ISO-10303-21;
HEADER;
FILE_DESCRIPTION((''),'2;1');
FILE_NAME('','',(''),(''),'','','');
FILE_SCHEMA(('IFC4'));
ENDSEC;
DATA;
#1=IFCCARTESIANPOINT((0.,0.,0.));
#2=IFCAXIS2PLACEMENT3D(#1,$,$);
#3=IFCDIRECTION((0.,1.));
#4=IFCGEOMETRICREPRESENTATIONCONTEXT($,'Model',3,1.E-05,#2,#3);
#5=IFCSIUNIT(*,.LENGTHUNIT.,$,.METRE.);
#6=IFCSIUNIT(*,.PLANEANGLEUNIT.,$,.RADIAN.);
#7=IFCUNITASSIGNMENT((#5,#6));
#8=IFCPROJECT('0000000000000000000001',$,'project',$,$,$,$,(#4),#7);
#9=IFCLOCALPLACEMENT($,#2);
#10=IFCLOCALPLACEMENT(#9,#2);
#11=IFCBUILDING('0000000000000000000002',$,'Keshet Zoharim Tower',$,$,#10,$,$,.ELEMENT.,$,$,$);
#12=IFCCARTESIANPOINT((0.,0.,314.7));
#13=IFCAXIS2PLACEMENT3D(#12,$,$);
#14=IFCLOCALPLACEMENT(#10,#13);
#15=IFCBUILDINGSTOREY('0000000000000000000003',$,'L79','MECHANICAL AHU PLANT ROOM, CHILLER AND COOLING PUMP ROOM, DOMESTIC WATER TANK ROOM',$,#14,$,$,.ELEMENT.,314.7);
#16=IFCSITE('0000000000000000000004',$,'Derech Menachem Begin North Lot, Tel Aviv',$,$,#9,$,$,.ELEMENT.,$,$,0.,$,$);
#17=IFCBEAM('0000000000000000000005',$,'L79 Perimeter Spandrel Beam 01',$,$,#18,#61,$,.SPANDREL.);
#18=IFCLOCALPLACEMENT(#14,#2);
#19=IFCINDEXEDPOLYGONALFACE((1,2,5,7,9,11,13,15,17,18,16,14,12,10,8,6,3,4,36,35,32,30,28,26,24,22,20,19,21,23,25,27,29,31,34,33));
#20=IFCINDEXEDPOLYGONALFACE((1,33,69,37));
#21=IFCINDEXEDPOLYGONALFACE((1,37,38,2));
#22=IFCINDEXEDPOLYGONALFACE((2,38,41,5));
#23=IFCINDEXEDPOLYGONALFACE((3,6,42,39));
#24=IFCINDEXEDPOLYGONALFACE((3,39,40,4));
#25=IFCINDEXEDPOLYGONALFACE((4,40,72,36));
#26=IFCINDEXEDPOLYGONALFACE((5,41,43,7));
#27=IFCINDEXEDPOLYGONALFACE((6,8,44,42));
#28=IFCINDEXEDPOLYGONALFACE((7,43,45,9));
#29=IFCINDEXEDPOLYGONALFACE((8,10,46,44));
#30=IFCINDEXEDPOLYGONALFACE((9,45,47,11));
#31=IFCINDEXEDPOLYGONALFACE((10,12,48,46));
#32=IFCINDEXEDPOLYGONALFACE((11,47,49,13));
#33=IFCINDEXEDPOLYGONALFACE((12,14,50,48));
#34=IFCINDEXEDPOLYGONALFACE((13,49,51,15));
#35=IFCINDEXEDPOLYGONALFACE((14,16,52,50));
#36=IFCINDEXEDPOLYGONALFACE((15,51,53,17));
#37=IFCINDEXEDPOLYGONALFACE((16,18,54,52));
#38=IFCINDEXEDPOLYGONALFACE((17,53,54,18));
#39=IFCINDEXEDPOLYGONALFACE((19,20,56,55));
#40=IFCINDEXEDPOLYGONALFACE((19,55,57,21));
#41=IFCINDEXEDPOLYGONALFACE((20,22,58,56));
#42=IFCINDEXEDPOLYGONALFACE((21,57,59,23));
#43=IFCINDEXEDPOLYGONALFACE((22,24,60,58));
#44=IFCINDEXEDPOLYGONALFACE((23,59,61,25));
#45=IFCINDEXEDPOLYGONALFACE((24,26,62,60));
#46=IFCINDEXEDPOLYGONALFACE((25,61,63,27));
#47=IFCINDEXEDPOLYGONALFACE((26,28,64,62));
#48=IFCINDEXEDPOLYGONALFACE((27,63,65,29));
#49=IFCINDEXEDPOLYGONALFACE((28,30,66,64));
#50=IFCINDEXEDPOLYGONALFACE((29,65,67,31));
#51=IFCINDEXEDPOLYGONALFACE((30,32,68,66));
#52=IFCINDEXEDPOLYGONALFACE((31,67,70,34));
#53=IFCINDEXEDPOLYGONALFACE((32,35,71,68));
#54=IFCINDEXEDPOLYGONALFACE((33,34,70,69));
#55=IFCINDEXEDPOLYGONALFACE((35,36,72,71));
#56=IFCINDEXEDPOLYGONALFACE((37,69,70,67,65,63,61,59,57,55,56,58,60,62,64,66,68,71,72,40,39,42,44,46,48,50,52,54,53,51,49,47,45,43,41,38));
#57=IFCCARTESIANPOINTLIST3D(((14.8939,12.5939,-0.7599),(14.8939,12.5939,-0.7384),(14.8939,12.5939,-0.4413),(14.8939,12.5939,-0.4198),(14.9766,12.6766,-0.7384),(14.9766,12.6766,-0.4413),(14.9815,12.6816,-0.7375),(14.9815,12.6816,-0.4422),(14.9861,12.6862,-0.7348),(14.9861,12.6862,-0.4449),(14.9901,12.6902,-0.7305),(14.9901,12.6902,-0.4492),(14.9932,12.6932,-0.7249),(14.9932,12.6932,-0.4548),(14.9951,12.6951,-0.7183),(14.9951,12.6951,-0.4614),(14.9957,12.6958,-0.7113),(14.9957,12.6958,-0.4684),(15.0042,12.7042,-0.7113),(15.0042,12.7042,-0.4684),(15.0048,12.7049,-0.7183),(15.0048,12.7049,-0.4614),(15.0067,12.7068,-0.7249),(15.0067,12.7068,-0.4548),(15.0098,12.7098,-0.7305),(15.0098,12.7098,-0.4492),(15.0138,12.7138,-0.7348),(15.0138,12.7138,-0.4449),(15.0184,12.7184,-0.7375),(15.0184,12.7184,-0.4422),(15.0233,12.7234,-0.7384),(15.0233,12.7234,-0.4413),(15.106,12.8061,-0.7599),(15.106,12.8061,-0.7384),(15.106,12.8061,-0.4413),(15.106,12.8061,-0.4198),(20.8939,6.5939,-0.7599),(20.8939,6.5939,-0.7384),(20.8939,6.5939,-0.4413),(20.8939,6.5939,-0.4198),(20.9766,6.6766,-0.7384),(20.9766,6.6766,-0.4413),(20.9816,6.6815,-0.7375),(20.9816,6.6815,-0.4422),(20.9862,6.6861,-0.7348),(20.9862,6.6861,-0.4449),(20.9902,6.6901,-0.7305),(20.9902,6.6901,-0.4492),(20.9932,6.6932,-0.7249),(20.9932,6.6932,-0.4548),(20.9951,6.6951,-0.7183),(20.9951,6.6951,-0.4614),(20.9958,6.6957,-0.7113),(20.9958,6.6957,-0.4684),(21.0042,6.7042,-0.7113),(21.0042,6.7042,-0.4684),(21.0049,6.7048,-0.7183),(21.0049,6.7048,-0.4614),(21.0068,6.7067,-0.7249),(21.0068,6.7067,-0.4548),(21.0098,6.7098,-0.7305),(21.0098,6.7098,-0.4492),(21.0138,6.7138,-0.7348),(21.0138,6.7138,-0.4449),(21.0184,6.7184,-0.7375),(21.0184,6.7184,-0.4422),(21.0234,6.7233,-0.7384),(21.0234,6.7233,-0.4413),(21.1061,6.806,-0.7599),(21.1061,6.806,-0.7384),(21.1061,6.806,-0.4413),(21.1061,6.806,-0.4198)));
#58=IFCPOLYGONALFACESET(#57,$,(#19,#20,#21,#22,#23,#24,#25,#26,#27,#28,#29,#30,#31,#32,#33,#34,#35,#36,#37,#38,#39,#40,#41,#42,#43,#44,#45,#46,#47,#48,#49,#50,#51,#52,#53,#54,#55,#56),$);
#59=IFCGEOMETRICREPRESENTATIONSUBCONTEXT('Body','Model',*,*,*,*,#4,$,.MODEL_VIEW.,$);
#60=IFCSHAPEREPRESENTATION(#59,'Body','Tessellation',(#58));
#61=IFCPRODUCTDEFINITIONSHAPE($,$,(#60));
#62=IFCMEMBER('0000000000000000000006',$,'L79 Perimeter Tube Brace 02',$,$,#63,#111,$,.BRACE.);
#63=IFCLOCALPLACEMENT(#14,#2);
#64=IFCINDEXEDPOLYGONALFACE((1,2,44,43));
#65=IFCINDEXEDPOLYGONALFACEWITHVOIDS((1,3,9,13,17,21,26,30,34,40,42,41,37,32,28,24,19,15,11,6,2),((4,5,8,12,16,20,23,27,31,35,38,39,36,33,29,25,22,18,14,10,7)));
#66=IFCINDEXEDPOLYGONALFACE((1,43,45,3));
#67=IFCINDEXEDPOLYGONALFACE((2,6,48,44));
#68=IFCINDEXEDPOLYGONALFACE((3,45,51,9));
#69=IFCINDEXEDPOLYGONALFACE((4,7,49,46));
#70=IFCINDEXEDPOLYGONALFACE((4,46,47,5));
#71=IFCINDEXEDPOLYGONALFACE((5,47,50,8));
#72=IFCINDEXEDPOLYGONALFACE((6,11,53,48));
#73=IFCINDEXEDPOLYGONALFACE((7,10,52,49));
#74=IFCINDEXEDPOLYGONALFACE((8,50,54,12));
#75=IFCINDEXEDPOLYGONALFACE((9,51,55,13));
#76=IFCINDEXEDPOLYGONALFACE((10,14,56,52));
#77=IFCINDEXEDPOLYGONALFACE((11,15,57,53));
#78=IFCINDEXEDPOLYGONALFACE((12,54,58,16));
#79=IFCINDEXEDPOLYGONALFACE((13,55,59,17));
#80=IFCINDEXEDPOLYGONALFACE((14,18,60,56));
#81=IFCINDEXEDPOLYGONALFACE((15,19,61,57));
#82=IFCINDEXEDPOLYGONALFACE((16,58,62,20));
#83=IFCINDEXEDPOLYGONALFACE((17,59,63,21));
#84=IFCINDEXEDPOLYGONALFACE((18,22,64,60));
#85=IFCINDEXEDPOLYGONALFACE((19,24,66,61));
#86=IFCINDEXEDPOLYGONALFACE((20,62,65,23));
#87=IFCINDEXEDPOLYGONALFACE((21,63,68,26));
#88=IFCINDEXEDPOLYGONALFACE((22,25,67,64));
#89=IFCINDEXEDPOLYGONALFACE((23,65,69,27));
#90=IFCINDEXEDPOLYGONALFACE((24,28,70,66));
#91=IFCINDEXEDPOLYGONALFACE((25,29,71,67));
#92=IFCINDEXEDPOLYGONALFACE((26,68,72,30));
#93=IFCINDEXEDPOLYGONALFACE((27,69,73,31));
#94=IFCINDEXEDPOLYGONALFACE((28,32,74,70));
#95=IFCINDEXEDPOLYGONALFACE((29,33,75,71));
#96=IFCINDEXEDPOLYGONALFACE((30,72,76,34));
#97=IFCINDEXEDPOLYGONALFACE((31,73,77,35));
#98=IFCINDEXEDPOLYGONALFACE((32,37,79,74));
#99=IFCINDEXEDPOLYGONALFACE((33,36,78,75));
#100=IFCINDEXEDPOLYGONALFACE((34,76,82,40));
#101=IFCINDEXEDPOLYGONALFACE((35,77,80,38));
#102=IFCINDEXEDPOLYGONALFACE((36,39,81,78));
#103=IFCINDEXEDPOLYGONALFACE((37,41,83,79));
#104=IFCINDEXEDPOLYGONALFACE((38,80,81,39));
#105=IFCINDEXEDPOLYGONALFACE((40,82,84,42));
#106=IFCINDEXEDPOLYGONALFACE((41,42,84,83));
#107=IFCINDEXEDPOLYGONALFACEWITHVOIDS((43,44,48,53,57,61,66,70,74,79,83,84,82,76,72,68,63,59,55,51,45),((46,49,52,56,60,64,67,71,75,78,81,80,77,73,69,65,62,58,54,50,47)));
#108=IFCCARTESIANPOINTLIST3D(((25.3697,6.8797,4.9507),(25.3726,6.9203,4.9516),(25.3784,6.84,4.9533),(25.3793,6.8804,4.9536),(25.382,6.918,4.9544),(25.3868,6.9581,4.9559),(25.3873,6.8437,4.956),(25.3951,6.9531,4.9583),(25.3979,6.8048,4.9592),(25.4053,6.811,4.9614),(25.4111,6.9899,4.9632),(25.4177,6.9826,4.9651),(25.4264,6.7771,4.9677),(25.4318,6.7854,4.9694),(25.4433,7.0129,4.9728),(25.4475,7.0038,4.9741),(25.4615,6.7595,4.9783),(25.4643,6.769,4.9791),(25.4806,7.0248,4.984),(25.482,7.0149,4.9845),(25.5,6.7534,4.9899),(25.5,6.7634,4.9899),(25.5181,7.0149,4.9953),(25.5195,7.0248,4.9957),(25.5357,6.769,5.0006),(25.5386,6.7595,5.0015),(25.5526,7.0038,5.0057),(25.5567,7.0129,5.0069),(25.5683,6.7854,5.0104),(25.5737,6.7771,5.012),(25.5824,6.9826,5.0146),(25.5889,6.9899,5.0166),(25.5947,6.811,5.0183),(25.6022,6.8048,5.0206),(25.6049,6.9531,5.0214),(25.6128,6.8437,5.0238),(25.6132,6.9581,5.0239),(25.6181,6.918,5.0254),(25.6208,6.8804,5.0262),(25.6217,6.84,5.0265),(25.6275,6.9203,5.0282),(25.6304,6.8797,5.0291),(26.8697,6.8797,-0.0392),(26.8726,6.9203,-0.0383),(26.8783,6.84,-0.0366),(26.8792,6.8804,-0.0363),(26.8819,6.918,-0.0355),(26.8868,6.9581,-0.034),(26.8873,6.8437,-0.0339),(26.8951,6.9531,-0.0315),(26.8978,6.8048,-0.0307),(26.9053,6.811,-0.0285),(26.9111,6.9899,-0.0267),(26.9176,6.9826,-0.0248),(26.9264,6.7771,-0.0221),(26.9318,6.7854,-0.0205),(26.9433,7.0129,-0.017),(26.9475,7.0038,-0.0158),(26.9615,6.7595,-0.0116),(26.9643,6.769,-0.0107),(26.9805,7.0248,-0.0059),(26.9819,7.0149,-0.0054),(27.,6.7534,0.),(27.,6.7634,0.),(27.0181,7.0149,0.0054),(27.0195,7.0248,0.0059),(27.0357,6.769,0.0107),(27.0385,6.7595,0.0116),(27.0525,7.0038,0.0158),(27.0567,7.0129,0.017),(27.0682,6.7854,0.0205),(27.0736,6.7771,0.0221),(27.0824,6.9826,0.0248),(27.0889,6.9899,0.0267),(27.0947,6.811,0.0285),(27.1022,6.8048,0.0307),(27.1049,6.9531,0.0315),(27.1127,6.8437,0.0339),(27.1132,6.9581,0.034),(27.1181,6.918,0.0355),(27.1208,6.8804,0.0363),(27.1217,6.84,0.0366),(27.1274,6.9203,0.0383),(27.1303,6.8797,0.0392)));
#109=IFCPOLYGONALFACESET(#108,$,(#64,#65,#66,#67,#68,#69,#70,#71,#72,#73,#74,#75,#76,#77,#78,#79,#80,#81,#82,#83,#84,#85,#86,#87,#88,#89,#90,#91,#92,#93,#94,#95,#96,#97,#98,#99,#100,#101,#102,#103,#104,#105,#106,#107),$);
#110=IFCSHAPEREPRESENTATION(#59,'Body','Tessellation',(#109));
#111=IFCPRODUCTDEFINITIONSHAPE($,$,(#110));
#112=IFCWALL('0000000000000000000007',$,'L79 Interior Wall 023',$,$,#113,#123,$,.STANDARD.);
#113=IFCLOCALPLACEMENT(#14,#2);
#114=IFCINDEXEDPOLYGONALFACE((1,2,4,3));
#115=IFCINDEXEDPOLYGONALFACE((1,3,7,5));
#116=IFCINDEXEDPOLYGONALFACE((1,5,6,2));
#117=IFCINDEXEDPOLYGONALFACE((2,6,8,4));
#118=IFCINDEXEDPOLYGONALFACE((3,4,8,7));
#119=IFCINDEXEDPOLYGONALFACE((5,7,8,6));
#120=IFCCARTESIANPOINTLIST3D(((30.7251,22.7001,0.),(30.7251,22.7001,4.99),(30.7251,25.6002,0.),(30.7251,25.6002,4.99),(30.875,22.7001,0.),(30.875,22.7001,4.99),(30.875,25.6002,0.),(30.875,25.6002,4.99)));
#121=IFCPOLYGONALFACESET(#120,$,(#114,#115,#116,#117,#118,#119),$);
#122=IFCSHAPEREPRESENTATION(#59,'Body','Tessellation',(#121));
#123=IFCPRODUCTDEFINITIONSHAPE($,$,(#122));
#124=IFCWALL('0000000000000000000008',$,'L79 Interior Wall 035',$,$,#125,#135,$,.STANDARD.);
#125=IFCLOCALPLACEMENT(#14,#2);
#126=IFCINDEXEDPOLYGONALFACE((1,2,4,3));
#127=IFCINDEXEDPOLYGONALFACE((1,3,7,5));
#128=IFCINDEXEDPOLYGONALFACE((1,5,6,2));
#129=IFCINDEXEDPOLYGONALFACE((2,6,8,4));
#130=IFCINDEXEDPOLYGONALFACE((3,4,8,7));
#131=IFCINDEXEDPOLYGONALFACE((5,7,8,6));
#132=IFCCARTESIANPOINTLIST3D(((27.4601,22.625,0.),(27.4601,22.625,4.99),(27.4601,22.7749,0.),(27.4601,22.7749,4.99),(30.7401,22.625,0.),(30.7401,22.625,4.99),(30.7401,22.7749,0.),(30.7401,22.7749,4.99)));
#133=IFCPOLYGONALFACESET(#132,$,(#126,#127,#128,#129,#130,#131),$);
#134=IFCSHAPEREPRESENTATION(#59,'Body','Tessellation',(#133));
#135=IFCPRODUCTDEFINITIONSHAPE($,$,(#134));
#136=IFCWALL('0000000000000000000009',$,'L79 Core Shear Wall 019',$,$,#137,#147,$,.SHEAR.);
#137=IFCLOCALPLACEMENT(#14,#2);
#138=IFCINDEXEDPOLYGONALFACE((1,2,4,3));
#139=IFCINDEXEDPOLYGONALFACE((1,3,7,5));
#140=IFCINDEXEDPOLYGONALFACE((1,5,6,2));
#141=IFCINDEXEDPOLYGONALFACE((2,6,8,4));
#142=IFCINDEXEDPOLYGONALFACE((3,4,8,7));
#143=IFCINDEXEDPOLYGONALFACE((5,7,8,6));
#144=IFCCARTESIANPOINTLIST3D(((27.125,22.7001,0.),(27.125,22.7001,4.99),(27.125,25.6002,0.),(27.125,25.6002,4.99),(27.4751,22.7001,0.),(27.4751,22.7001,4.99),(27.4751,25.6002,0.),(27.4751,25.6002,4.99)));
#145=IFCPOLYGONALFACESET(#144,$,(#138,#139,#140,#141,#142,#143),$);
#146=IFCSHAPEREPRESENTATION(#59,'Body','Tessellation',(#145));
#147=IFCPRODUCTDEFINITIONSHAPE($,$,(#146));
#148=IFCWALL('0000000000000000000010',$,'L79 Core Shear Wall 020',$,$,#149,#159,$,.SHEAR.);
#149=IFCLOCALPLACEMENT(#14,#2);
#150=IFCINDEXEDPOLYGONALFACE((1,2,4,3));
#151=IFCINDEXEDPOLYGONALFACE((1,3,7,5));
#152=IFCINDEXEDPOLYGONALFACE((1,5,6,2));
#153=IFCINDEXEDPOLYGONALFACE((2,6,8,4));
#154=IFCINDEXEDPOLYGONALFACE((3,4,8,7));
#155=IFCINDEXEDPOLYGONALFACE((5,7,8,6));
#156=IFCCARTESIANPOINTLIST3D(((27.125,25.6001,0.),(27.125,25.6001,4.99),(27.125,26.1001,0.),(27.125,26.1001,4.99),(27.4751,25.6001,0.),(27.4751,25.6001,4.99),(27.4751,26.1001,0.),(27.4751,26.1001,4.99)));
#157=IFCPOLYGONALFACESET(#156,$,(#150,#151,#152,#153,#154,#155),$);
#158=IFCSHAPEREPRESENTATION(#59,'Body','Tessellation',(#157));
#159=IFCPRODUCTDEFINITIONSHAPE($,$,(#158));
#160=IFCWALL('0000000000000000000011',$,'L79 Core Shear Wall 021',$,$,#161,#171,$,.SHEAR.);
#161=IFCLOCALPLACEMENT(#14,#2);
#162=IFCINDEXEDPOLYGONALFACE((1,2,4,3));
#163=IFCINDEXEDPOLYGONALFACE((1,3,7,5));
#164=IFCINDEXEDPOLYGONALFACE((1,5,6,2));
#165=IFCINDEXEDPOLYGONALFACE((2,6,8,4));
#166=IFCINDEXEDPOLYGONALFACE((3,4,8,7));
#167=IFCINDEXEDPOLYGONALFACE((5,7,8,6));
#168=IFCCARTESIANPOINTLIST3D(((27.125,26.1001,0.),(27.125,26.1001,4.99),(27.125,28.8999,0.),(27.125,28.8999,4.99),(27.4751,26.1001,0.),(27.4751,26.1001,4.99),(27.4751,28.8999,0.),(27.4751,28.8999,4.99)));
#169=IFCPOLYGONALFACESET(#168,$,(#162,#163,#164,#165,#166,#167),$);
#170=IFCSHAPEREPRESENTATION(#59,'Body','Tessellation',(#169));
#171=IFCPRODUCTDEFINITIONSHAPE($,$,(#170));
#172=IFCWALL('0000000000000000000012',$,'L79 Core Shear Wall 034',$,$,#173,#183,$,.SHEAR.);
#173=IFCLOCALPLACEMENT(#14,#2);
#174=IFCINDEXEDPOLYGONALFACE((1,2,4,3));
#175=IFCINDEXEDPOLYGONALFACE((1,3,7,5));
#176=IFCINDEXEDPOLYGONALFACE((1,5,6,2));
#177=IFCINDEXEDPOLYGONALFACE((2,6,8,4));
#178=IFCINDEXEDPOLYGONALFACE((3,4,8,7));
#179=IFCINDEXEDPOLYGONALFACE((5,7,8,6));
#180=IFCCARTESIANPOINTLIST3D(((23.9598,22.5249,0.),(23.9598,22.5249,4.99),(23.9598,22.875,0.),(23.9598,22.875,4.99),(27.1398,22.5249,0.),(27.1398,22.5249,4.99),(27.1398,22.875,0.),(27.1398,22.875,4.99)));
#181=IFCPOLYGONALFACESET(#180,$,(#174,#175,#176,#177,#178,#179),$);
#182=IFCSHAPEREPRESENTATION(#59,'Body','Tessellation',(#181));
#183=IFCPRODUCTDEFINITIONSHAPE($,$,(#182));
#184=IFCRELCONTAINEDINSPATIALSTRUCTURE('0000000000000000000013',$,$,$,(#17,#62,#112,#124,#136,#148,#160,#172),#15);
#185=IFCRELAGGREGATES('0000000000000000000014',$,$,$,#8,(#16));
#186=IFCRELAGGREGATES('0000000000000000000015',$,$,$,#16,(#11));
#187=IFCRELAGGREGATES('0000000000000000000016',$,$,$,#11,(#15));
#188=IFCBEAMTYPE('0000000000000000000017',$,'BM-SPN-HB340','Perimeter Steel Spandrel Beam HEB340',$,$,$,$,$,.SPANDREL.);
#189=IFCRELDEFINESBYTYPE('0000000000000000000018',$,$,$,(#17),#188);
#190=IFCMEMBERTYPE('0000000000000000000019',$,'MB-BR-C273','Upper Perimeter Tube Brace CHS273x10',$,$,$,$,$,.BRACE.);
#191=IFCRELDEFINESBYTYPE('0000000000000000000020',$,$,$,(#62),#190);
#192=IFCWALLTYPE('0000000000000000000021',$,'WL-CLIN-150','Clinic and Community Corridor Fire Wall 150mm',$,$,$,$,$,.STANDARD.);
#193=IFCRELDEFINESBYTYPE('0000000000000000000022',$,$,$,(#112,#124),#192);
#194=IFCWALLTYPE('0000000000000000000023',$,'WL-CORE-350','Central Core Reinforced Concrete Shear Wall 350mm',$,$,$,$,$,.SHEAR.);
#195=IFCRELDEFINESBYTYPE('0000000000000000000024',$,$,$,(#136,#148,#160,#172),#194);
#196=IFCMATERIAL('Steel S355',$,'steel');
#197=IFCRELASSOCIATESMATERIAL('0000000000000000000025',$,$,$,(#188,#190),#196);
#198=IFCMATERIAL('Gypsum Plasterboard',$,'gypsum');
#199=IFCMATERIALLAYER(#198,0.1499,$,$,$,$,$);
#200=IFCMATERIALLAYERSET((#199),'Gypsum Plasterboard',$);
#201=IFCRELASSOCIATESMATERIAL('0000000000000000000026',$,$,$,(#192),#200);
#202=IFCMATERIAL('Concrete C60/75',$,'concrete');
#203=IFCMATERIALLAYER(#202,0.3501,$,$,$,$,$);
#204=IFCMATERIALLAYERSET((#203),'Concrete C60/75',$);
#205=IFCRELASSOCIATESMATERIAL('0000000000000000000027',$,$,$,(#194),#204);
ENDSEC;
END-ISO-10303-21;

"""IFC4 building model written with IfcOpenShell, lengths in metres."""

from ifc_helpers import new_model, si_unit, direction, frame, frame_2d, origin, origin_2d, place, context, subcontext, project, spatial, rectangle, hollow_circle, i_section, extrude, material, layer, layer_set, material_profile, profile_set, type_object, element, save


model = new_model("IFC4")

# Units and contexts
model_context = context("Model", 3, precision=1e-05, world=origin(), true_north=direction((0.0, 1.0)))
body_context = subcontext(model_context, "Body", "Model", "MODEL_VIEW")
ifc_project = project(units=[si_unit("LENGTHUNIT", "METRE"), si_unit("PLANEANGLEUNIT", "RADIAN")], contexts=[model_context])

# Site, building, storey
site_placement = place(None, origin())
site = spatial("IfcSite", under=ifc_project, at=site_placement, Name="Derech Menachem Begin North Lot, Tel Aviv", CompositionType="ELEMENT", RefElevation=0.0)
building_placement = place(site_placement, origin())
building = spatial("IfcBuilding", under=site, at=building_placement, Name="Keshet Zoharim Tower", CompositionType="ELEMENT")
storey_placement = place(building_placement, frame((0.0, 0.0, 314.7)))
storey = spatial("IfcBuildingStorey", under=building, at=storey_placement, Name="L79", Description="MECHANICAL AHU PLANT ROOM, CHILLER AND COOLING PUMP ROOM, DOMESTIC WATER TANK ROOM", CompositionType="ELEMENT", Elevation=314.7)

# Shared definitions
ifc_material_1 = material(Name="Steel S355", Category="steel")

# Beam
ifc_material_profile_1 = material_profile(ifc_material_1, i_section(OverallWidth=0.3, OverallDepth=0.3401, WebThickness=0.012, FlangeThickness=0.0215, FilletRadius=0.0271, at=origin_2d()), Name="HEB340")
ifc_profile_set_1 = profile_set([ifc_material_profile_1], Name="Steel S355")
beam_type_1 = type_object("IfcBeamType", Name="BM-SPN-HB340", Description="Perimeter Steel Spandrel Beam HEB340", PredefinedType="SPANDREL", material=ifc_profile_set_1)
beam_1_placement = place(storey_placement, frame((21.0, 6.7, -0.5898), z_axis=(-0.707107, 0.707107, 0.0), x_axis=(-0.707107, -0.707107, 0.0)))
element("IfcBeam", 1, at=beam_1_placement, inside=storey, type_object=beam_type_1, Name="L79 Perimeter Spandrel Beam 01", PredefinedType="SPANDREL", context=body_context, shape_type="SweptSolid", body=[
    extrude(i_section(OverallWidth=0.3, OverallDepth=0.3401, WebThickness=0.012, FlangeThickness=0.0215, FilletRadius=0.0271, at=origin_2d()), origin(), (0.0, 0.0, 1.0), 8.4854),
])

# Member
ifc_material_profile_2 = material_profile(ifc_material_1, hollow_circle(Radius=0.1365, WallThickness=0.01, at=origin_2d()), Name="CHS273x10")
ifc_profile_set_2 = profile_set([ifc_material_profile_2], Name="Steel S355")
member_type = type_object("IfcMemberType", Name="MB-BR-C273", Description="Upper Perimeter Tube Brace CHS273x10", PredefinedType="BRACE", material=ifc_profile_set_2)
member_placement = place(storey_placement, frame((27.0, 6.8899, 0.0), z_axis=(-0.287877, 0.0, 0.957668), x_axis=(0.0, -1.0, 0.0)))
element("IfcMember", 2, at=member_placement, inside=storey, type_object=member_type, Name="L79 Perimeter Tube Brace 02", PredefinedType="BRACE", context=body_context, shape_type="SweptSolid", body=[
    extrude(hollow_circle(Radius=0.1365, WallThickness=0.01, at=origin_2d()), origin(), (0.0, 0.0, 1.0), 5.2104),
])

# Walls
ifc_material_2 = material(Name="Gypsum Plasterboard", Category="gypsum")
ifc_layer_1 = layer(ifc_material_2, 0.1499)
ifc_layer_set_1 = layer_set([ifc_layer_1], Name="Gypsum Plasterboard")
wall_type_1 = type_object("IfcWallType", Name="WL-CLIN-150", Description="Clinic and Community Corridor Fire Wall 150mm", PredefinedType="STANDARD", material=ifc_layer_set_1)
wall_1_placement = place(storey_placement, frame((30.8, 22.7, 0.0), z_axis=(0.0, 0.0, 1.0), x_axis=(0.0, 1.0, 0.0)))
element("IfcWall", 3, at=wall_1_placement, inside=storey, type_object=wall_type_1, Name="L79 Interior Wall 023", PredefinedType="STANDARD", context=body_context, shape_type="SweptSolid", body=[
    extrude(rectangle(XDim=2.9001, YDim=0.1499, at=frame_2d((1.4502, 0.0))), origin(), (0.0, 0.0, 1.0), 4.99),
])
wall_2_placement = place(storey_placement, frame((27.46, 22.7, 0.0), z_axis=(0.0, 0.0, 1.0), x_axis=(1.0, 0.0, 0.0)))
element("IfcWall", 4, at=wall_2_placement, inside=storey, type_object=wall_type_1, Name="L79 Interior Wall 035", PredefinedType="STANDARD", context=body_context, shape_type="SweptSolid", body=[
    extrude(rectangle(XDim=3.28, YDim=0.1499, at=frame_2d((1.6401, 0.0))), origin(), (0.0, 0.0, 1.0), 4.99),
])

# Shared definitions
ifc_material_3 = material(Name="Concrete C60/75", Category="concrete")
ifc_layer_2 = layer(ifc_material_3, 0.3501)
ifc_layer_set_2 = layer_set([ifc_layer_2], Name="Concrete C60/75")
wall_type_2 = type_object("IfcWallType", Name="WL-CORE-350", Description="Central Core Reinforced Concrete Shear Wall 350mm", PredefinedType="SHEAR", material=ifc_layer_set_2)

# Walls
wall_3_placement = place(storey_placement, frame((27.3, 22.7, 0.0), z_axis=(0.0, 0.0, 1.0), x_axis=(0.0, 1.0, 0.0)))
element("IfcWall", 5, at=wall_3_placement, inside=storey, type_object=wall_type_2, Name="L79 Core Shear Wall 019", PredefinedType="SHEAR", context=body_context, shape_type="SweptSolid", body=[
    extrude(rectangle(XDim=2.9001, YDim=0.3501, at=frame_2d((1.4502, 0.0))), origin(), (0.0, 0.0, 1.0), 4.99),
])
wall_4_placement = place(storey_placement, frame((27.3, 25.6001, 0.0), z_axis=(0.0, 0.0, 1.0), x_axis=(0.0, 1.0, 0.0)))
element("IfcWall", 6, at=wall_4_placement, inside=storey, type_object=wall_type_2, Name="L79 Core Shear Wall 020", PredefinedType="SHEAR", context=body_context, shape_type="SweptSolid", body=[
    extrude(rectangle(XDim=0.5, YDim=0.3501, at=frame_2d((0.25, 0.0))), origin(), (0.0, 0.0, 1.0), 4.99),
])
wall_5_placement = place(storey_placement, frame((27.3, 26.1001, 0.0), z_axis=(0.0, 0.0, 1.0), x_axis=(0.0, 1.0, 0.0)))
element("IfcWall", 7, at=wall_5_placement, inside=storey, type_object=wall_type_2, Name="L79 Core Shear Wall 021", PredefinedType="SHEAR", context=body_context, shape_type="SweptSolid", body=[
    extrude(rectangle(XDim=2.7998, YDim=0.3501, at=frame_2d((1.3999, 0.0))), origin(), (0.0, 0.0, 1.0), 4.99),
])
wall_6_placement = place(storey_placement, frame((23.96, 22.7, 0.0), z_axis=(0.0, 0.0, 1.0), x_axis=(1.0, 0.0, 0.0)))
element("IfcWall", 8, at=wall_6_placement, inside=storey, type_object=wall_type_2, Name="L79 Core Shear Wall 034", PredefinedType="SHEAR", context=body_context, shape_type="SweptSolid", body=[
    extrude(rectangle(XDim=3.1799, YDim=0.3501, at=frame_2d((1.5898, 0.0))), origin(), (0.0, 0.0, 1.0), 4.99),
])

save(model, "model.ifc")
